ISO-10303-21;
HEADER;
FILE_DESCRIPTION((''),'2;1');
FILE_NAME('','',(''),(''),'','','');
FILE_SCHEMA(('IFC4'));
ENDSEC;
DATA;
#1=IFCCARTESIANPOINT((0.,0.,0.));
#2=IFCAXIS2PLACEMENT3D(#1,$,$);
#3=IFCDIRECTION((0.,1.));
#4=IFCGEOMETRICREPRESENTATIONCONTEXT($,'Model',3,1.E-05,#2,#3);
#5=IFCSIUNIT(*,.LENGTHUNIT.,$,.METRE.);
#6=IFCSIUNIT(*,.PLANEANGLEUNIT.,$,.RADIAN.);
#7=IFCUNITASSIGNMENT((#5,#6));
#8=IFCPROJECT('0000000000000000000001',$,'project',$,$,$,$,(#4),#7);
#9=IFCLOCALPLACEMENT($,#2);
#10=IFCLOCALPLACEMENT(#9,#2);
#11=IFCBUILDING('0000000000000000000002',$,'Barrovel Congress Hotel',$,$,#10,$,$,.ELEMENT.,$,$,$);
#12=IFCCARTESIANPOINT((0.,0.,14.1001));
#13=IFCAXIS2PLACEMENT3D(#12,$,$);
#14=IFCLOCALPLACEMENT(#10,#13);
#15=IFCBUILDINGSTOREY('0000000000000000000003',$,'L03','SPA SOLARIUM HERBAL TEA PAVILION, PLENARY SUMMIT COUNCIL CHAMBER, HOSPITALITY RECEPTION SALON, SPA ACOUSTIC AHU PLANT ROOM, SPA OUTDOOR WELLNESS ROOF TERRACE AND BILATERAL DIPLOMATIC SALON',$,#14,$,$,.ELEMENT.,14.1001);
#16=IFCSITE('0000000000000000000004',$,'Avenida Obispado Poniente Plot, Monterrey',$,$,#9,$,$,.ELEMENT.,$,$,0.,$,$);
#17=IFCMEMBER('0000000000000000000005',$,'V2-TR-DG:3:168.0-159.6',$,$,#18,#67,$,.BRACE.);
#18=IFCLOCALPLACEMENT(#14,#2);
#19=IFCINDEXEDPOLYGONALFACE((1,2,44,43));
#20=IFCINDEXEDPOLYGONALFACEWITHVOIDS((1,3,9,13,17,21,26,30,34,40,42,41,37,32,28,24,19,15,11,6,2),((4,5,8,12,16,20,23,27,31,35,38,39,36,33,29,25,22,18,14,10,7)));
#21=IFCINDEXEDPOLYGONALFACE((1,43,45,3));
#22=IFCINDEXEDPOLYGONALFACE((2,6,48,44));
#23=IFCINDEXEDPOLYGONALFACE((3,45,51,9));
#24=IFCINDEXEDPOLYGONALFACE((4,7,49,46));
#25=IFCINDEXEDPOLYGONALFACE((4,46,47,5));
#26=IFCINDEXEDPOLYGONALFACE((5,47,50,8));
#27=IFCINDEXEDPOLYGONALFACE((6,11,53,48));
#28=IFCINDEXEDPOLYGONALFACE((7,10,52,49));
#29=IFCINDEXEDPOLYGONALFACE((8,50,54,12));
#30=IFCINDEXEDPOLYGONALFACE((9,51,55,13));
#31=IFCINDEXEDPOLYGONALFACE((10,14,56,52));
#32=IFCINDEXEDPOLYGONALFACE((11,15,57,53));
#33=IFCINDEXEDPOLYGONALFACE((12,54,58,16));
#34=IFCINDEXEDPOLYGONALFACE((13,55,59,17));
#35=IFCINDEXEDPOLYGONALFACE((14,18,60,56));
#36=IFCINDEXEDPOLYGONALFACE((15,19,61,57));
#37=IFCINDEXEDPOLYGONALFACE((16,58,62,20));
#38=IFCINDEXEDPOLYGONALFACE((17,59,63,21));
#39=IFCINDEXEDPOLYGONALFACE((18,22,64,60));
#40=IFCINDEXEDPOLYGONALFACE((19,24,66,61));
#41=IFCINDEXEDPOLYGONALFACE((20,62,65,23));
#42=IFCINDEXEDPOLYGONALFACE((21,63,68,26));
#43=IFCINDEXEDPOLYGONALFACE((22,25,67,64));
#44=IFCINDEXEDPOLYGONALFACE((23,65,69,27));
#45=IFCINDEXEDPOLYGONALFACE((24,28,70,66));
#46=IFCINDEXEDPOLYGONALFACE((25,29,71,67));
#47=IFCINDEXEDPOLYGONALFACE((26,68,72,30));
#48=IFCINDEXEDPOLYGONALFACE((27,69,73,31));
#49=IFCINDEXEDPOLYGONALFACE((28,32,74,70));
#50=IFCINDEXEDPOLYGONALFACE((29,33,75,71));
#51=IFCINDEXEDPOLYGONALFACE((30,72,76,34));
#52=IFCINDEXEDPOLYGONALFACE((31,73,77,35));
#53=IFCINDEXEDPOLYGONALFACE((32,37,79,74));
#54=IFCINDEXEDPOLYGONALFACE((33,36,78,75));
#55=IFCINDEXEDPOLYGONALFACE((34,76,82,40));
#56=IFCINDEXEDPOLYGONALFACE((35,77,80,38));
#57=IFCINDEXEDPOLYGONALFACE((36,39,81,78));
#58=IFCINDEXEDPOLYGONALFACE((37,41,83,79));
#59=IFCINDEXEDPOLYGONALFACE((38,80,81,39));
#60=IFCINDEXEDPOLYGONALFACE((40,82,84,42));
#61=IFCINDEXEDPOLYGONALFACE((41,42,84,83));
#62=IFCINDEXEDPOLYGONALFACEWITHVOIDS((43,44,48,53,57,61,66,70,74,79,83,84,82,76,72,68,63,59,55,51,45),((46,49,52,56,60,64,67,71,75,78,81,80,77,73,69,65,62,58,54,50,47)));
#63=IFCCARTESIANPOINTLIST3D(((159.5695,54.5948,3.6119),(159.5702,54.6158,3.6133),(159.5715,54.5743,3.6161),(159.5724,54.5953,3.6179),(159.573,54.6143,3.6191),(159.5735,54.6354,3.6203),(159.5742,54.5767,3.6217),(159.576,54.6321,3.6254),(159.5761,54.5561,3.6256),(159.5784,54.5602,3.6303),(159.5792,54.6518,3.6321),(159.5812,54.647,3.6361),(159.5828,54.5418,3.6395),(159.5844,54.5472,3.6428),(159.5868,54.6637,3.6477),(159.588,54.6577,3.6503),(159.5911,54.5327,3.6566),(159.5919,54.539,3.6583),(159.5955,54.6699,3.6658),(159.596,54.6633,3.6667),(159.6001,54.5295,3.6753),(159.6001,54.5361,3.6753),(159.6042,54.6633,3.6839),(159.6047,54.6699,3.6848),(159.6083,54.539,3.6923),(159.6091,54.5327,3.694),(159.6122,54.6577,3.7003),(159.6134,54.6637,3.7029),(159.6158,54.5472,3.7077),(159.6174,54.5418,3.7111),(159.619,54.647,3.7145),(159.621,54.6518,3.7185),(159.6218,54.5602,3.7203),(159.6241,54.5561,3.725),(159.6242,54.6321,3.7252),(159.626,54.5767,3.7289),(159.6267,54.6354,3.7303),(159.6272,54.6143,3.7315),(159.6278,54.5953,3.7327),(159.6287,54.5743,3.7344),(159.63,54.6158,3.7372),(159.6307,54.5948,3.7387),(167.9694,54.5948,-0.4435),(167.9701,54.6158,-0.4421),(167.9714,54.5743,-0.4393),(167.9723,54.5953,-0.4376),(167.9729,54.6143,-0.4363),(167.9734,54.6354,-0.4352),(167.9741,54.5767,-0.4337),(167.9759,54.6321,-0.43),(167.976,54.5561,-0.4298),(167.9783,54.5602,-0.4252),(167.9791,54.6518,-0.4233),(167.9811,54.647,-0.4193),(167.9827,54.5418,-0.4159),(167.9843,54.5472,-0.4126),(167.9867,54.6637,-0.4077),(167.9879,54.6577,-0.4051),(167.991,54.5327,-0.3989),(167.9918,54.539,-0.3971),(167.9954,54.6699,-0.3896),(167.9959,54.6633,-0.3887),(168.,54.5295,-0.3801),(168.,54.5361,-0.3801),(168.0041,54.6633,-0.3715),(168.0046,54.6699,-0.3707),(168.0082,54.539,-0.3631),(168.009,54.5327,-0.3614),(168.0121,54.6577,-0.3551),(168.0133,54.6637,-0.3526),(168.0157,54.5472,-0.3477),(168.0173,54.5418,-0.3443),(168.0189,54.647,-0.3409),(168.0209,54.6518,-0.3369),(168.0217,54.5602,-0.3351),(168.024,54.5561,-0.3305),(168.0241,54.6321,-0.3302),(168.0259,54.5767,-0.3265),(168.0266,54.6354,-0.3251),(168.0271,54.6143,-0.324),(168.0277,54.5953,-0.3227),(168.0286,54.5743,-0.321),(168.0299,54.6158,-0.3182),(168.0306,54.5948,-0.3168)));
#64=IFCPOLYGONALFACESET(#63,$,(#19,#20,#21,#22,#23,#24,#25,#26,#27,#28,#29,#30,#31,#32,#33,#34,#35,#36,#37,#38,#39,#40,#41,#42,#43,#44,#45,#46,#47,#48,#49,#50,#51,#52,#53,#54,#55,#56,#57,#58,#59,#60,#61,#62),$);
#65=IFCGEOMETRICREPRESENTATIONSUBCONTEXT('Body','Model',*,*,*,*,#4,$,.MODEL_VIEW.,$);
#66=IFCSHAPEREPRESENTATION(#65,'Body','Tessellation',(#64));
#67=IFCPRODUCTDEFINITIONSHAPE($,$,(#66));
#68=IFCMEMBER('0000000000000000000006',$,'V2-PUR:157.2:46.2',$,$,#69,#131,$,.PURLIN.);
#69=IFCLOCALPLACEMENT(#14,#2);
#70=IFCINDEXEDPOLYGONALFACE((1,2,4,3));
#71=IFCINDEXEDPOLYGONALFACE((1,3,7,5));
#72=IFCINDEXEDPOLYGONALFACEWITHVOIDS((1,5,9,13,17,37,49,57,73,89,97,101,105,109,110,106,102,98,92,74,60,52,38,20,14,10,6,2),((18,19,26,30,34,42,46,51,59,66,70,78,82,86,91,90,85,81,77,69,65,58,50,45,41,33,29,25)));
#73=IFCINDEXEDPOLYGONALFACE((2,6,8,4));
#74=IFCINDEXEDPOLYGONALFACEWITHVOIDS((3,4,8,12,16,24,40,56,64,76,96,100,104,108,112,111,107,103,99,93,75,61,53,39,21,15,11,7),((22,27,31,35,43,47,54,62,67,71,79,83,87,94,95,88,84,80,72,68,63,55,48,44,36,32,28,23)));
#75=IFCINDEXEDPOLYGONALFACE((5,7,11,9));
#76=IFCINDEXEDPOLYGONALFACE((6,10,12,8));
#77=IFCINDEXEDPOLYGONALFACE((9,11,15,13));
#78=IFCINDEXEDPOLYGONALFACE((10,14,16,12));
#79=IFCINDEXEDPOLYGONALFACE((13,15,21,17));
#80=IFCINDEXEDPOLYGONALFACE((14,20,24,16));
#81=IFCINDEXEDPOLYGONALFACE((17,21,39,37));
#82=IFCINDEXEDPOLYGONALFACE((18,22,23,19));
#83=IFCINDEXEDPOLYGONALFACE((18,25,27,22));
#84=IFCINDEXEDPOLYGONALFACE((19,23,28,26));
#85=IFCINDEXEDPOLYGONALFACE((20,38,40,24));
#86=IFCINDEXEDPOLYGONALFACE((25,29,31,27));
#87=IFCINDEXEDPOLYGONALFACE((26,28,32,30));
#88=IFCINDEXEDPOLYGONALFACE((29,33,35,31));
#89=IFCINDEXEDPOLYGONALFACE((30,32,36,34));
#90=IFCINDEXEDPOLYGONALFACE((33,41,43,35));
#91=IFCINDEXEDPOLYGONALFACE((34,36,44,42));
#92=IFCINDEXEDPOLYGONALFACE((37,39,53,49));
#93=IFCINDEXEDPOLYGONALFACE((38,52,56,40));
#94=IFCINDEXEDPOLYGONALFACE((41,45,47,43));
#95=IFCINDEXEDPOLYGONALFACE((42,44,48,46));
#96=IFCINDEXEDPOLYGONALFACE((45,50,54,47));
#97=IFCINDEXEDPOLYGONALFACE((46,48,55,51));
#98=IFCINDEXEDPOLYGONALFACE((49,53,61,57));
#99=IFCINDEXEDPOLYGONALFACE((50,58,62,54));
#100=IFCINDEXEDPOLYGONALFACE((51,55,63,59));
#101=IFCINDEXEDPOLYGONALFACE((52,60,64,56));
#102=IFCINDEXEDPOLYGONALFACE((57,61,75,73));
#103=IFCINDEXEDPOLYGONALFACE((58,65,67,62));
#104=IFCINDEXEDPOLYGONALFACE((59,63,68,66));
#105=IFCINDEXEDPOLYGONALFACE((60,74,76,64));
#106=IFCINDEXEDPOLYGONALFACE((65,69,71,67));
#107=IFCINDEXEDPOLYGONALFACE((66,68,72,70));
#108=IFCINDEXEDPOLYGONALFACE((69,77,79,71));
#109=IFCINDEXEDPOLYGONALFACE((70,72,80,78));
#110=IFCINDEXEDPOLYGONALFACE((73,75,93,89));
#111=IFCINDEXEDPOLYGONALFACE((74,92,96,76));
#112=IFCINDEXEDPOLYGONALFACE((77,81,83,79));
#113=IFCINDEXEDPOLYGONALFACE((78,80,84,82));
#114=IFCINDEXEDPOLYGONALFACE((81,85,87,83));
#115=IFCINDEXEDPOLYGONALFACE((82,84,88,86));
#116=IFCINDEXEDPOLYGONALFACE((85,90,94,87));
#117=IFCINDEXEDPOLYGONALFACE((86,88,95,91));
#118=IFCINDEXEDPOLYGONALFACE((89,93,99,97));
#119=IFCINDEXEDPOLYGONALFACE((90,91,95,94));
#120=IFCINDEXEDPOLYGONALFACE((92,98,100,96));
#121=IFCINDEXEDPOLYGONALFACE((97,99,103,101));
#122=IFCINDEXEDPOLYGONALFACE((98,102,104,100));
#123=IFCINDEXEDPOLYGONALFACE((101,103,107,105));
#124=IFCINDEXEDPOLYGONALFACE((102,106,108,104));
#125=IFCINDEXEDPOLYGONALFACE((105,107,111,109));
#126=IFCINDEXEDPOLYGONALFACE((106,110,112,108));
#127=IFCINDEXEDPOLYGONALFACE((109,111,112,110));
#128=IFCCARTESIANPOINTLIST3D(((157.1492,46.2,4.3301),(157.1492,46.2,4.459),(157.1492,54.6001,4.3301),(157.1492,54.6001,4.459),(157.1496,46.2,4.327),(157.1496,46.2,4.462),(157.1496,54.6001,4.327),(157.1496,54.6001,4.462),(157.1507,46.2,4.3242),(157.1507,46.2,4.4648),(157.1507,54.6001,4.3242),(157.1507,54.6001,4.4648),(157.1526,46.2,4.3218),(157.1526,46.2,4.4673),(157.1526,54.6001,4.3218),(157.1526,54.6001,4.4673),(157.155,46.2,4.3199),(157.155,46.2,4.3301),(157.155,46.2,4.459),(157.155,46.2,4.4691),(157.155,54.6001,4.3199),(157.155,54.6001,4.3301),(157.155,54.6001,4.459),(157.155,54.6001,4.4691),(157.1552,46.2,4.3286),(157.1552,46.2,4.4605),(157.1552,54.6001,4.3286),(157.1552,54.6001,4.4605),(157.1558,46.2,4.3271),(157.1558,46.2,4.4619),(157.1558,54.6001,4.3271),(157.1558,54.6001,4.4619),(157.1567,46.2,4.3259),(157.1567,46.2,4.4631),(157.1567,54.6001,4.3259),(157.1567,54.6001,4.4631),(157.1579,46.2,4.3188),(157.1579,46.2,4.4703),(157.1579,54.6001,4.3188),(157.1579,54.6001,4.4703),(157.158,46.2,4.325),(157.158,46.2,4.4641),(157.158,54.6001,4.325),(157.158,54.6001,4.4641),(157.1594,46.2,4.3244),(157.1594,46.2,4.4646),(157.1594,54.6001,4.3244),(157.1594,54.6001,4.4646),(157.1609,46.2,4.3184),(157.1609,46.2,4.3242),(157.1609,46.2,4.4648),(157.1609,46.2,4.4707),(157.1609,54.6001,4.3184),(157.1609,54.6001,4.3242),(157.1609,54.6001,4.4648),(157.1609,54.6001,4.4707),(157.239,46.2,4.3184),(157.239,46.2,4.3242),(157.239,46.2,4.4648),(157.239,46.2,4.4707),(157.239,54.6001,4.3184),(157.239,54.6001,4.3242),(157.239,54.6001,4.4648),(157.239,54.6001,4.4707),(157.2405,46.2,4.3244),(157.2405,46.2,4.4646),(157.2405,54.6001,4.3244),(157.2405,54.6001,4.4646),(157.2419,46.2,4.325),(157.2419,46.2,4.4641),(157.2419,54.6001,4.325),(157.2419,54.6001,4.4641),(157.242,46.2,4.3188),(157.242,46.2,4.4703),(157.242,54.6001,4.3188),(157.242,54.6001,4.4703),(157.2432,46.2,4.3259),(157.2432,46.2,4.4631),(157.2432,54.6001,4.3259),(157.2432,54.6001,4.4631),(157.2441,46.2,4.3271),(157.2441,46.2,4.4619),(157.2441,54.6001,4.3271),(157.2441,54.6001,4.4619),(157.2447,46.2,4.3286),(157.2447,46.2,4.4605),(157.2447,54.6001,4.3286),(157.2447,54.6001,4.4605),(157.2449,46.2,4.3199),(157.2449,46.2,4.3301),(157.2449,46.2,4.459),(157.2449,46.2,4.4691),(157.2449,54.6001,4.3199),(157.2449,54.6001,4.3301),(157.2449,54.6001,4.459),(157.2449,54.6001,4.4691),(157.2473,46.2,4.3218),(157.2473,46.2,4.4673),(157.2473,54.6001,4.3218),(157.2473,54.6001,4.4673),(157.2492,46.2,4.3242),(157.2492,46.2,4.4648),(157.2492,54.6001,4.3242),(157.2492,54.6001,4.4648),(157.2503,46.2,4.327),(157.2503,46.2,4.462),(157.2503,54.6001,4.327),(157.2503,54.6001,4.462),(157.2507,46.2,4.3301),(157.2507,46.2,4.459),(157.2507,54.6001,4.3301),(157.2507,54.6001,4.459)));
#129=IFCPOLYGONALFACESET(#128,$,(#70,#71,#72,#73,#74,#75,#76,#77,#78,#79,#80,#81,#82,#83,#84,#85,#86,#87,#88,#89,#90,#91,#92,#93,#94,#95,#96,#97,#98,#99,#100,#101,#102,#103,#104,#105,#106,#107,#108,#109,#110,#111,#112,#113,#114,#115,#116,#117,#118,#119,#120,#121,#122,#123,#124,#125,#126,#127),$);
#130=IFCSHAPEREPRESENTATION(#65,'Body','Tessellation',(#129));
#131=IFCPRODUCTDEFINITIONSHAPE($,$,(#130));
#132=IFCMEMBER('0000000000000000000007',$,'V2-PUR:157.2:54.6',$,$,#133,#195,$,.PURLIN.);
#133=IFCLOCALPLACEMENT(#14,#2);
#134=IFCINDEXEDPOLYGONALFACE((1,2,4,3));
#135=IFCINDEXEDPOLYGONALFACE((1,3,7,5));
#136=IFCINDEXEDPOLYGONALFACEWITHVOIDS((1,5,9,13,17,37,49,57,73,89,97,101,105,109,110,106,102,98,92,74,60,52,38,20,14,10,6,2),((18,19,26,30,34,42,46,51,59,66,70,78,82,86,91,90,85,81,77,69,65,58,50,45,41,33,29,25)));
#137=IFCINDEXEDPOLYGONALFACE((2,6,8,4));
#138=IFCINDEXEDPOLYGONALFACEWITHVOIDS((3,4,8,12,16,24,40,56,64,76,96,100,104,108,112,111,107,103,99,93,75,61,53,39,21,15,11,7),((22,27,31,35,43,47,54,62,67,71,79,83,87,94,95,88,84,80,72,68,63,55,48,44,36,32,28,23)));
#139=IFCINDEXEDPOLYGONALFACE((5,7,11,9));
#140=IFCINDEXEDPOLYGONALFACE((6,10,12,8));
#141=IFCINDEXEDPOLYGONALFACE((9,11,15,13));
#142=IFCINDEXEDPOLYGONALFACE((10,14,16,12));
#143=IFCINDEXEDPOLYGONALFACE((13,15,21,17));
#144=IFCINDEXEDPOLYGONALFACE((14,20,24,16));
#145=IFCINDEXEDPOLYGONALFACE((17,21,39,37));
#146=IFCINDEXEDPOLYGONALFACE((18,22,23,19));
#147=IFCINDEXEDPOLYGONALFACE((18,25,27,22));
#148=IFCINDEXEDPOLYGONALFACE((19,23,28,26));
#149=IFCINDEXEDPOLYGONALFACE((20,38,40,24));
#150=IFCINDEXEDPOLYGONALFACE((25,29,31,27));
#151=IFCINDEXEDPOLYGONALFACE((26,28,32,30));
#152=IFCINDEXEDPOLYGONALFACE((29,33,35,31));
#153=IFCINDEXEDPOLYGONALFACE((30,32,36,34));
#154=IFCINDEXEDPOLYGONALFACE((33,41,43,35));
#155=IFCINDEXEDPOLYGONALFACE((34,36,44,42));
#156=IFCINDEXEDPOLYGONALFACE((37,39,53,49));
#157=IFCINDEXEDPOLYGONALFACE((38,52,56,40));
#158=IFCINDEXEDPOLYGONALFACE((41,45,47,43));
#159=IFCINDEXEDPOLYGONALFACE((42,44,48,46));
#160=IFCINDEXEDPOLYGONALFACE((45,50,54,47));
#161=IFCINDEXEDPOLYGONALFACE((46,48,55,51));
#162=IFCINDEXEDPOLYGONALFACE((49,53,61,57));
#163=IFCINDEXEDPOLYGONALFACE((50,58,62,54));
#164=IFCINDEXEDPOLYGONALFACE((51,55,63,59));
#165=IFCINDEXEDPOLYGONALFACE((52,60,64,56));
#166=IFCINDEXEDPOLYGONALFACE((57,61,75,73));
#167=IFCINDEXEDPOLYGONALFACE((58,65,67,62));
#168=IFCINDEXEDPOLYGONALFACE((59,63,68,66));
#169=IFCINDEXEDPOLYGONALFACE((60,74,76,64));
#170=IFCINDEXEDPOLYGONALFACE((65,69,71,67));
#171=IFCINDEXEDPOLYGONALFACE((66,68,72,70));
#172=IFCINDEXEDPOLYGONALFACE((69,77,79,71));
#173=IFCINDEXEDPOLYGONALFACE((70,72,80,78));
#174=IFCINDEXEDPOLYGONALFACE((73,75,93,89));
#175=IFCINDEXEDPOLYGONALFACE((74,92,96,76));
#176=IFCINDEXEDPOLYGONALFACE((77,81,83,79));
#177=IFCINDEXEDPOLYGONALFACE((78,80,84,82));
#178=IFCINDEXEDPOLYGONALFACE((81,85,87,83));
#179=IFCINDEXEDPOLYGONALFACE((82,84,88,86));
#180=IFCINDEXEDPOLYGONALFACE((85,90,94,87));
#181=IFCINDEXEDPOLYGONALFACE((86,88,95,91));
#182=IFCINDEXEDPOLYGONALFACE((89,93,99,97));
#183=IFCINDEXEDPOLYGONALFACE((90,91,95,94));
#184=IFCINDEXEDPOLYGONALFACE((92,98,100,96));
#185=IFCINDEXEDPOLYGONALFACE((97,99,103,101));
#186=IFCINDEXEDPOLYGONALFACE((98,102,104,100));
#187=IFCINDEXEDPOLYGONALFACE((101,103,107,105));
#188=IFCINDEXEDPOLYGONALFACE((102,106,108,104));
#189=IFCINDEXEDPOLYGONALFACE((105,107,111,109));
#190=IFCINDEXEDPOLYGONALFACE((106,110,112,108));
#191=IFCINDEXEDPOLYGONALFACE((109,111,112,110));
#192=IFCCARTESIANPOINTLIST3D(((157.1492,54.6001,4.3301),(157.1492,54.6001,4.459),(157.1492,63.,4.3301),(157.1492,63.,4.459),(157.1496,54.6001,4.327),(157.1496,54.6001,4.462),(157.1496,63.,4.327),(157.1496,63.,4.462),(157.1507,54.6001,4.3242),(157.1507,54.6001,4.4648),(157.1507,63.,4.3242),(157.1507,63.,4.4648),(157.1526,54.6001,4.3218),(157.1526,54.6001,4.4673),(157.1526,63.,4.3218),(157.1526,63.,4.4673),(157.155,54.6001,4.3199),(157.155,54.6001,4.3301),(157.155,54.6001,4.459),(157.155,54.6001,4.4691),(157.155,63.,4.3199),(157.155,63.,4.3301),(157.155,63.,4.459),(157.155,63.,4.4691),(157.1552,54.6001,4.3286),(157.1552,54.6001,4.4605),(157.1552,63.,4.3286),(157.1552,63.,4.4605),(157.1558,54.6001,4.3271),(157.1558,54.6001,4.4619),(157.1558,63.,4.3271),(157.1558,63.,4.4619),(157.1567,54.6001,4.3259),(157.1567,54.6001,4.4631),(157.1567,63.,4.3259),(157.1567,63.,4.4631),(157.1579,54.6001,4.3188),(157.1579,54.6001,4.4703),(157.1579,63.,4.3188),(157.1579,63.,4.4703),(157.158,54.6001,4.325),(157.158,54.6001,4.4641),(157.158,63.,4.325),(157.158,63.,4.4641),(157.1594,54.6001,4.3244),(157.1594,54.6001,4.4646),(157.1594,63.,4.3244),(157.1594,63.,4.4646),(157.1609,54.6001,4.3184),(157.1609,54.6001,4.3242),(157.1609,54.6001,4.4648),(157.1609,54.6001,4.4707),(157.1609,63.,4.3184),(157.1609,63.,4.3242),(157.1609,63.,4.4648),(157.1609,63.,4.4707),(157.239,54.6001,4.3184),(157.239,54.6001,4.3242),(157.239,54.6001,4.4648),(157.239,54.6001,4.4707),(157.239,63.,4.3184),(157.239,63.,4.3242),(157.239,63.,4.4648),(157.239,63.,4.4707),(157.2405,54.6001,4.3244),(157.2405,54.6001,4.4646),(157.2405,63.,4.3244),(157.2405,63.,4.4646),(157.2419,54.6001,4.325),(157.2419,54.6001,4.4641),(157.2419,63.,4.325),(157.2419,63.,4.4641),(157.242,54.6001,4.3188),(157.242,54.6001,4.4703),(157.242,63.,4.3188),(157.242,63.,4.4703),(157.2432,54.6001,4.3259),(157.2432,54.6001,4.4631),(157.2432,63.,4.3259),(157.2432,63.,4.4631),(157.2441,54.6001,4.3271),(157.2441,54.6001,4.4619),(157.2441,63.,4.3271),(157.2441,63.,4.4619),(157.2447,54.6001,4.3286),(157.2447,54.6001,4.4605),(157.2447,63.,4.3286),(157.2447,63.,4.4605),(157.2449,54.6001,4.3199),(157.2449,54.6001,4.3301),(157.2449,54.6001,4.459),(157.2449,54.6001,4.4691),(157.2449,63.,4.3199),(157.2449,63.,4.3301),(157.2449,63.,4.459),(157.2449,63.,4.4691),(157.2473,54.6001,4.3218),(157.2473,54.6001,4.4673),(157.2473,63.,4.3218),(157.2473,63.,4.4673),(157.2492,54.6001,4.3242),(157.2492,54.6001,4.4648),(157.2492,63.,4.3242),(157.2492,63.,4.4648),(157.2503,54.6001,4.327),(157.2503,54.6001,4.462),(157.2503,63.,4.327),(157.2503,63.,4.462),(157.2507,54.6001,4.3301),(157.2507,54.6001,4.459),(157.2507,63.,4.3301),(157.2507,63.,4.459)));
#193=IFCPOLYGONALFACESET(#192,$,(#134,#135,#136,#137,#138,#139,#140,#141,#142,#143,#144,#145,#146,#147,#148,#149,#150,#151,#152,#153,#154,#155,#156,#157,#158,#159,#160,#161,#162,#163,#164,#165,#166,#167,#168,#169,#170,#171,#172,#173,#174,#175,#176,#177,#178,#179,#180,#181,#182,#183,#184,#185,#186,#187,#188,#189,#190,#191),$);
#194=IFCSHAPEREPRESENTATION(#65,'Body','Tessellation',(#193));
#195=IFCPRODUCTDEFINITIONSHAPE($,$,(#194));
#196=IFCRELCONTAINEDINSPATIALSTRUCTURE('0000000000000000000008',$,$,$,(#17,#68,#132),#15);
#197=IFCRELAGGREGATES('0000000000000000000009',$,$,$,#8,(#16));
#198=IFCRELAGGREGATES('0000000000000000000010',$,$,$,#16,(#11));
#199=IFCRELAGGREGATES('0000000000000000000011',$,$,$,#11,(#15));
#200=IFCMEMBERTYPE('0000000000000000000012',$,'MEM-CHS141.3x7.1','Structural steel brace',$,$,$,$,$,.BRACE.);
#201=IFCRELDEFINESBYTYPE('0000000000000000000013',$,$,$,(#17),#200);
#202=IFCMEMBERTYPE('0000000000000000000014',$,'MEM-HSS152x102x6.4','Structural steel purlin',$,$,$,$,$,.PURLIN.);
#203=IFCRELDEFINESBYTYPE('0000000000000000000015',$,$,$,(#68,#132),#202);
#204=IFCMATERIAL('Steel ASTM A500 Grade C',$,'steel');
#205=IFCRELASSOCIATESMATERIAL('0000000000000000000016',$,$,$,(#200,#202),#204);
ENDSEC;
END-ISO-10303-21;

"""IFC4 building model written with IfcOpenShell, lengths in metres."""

from ifc_helpers import new_model, si_unit, direction, frame, origin, origin_2d, place, context, subcontext, project, spatial, hollow_rectangle, hollow_circle, extrude, material, material_profile, profile_set, type_object, element, save


model = new_model("IFC4")

# Units and contexts
model_context = context("Model", 3, precision=1e-05, world=origin(), true_north=direction((0.0, 1.0)))
body_context = subcontext(model_context, "Body", "Model", "MODEL_VIEW")
ifc_project = project(units=[si_unit("LENGTHUNIT", "METRE"), si_unit("PLANEANGLEUNIT", "RADIAN")], contexts=[model_context])

# Site, building, storey
site_placement = place(None, origin())
site = spatial("IfcSite", under=ifc_project, at=site_placement, Name="Avenida Obispado Poniente Plot, Monterrey", CompositionType="ELEMENT", RefElevation=0.0)
building_placement = place(site_placement, origin())
building = spatial("IfcBuilding", under=site, at=building_placement, Name="Barrovel Congress Hotel", CompositionType="ELEMENT")
storey_placement = place(building_placement, frame((0.0, 0.0, 14.1001)))
storey = spatial("IfcBuildingStorey", under=building, at=storey_placement, Name="L03", Description="SPA SOLARIUM HERBAL TEA PAVILION, PLENARY SUMMIT COUNCIL CHAMBER, HOSPITALITY RECEPTION SALON, SPA ACOUSTIC AHU PLANT ROOM, SPA OUTDOOR WELLNESS ROOF TERRACE AND BILATERAL DIPLOMATIC SALON", CompositionType="ELEMENT", Elevation=14.1001)

# Members
ifc_material_1 = material(Name="Steel ASTM A500 Grade C", Category="steel")
ifc_material_profile_1 = material_profile(ifc_material_1, hollow_circle(Radius=0.0706, WallThickness=0.0066, at=origin_2d()), Name="CHS141.3x7.1")
ifc_profile_set_1 = profile_set([ifc_material_profile_1], Name="Steel ASTM A500 Grade C")
member_type_1 = type_object("IfcMemberType", Name="MEM-CHS141.3x7.1", Description="Structural steel brace", PredefinedType="BRACE", material=ifc_profile_set_1)
member_1_placement = place(storey_placement, frame((168.0, 54.6001, -0.3801), z_axis=(-0.900539, 0.0, 0.434775), x_axis=(0.0, -1.0, 0.0)))
element("IfcMember", 1, at=member_1_placement, inside=storey, type_object=member_type_1, Name="V2-TR-DG:3:168.0-159.6", PredefinedType="BRACE", context=body_context, shape_type="SweptSolid", body=[
    extrude(hollow_circle(Radius=0.0706, WallThickness=0.0066, at=origin_2d()), origin(), (0.0, 0.0, 1.0), 9.3276),
])
ifc_material_profile_2 = material_profile(ifc_material_1, hollow_rectangle(XDim=0.1016, YDim=0.1523, WallThickness=0.0059, InnerFilletRadius=0.0059, OuterFilletRadius=0.0117, at=origin_2d()), Name="HSS152x102x6.4")
ifc_profile_set_2 = profile_set([ifc_material_profile_2], Name="Steel ASTM A500 Grade C")
member_type_2 = type_object("IfcMemberType", Name="MEM-HSS152x102x6.4", Description="Structural steel purlin", PredefinedType="PURLIN", material=ifc_profile_set_2)
member_2_placement = place(storey_placement, frame((157.2, 46.2, 4.3945), z_axis=(0.0, 1.0, 0.0), x_axis=(-1.0, 0.0, 0.0)))
element("IfcMember", 2, at=member_2_placement, inside=storey, type_object=member_type_2, Name="V2-PUR:157.2:46.2", PredefinedType="PURLIN", context=body_context, shape_type="SweptSolid", body=[
    extrude(hollow_rectangle(XDim=0.1016, YDim=0.1523, WallThickness=0.0059, InnerFilletRadius=0.0059, OuterFilletRadius=0.0117, at=origin_2d()), origin(), (0.0, 0.0, 1.0), 8.4001),
])
member_3_placement = place(storey_placement, frame((157.2, 54.6001, 4.3945), z_axis=(0.0, 1.0, 0.0), x_axis=(-1.0, 0.0, 0.0)))
element("IfcMember", 3, at=member_3_placement, inside=storey, type_object=member_type_2, Name="V2-PUR:157.2:54.6", PredefinedType="PURLIN", context=body_context, shape_type="SweptSolid", body=[
    extrude(hollow_rectangle(XDim=0.1016, YDim=0.1523, WallThickness=0.0059, InnerFilletRadius=0.0059, OuterFilletRadius=0.0117, at=origin_2d()), origin(), (0.0, 0.0, 1.0), 8.3999),
])

save(model, "model.ifc")
